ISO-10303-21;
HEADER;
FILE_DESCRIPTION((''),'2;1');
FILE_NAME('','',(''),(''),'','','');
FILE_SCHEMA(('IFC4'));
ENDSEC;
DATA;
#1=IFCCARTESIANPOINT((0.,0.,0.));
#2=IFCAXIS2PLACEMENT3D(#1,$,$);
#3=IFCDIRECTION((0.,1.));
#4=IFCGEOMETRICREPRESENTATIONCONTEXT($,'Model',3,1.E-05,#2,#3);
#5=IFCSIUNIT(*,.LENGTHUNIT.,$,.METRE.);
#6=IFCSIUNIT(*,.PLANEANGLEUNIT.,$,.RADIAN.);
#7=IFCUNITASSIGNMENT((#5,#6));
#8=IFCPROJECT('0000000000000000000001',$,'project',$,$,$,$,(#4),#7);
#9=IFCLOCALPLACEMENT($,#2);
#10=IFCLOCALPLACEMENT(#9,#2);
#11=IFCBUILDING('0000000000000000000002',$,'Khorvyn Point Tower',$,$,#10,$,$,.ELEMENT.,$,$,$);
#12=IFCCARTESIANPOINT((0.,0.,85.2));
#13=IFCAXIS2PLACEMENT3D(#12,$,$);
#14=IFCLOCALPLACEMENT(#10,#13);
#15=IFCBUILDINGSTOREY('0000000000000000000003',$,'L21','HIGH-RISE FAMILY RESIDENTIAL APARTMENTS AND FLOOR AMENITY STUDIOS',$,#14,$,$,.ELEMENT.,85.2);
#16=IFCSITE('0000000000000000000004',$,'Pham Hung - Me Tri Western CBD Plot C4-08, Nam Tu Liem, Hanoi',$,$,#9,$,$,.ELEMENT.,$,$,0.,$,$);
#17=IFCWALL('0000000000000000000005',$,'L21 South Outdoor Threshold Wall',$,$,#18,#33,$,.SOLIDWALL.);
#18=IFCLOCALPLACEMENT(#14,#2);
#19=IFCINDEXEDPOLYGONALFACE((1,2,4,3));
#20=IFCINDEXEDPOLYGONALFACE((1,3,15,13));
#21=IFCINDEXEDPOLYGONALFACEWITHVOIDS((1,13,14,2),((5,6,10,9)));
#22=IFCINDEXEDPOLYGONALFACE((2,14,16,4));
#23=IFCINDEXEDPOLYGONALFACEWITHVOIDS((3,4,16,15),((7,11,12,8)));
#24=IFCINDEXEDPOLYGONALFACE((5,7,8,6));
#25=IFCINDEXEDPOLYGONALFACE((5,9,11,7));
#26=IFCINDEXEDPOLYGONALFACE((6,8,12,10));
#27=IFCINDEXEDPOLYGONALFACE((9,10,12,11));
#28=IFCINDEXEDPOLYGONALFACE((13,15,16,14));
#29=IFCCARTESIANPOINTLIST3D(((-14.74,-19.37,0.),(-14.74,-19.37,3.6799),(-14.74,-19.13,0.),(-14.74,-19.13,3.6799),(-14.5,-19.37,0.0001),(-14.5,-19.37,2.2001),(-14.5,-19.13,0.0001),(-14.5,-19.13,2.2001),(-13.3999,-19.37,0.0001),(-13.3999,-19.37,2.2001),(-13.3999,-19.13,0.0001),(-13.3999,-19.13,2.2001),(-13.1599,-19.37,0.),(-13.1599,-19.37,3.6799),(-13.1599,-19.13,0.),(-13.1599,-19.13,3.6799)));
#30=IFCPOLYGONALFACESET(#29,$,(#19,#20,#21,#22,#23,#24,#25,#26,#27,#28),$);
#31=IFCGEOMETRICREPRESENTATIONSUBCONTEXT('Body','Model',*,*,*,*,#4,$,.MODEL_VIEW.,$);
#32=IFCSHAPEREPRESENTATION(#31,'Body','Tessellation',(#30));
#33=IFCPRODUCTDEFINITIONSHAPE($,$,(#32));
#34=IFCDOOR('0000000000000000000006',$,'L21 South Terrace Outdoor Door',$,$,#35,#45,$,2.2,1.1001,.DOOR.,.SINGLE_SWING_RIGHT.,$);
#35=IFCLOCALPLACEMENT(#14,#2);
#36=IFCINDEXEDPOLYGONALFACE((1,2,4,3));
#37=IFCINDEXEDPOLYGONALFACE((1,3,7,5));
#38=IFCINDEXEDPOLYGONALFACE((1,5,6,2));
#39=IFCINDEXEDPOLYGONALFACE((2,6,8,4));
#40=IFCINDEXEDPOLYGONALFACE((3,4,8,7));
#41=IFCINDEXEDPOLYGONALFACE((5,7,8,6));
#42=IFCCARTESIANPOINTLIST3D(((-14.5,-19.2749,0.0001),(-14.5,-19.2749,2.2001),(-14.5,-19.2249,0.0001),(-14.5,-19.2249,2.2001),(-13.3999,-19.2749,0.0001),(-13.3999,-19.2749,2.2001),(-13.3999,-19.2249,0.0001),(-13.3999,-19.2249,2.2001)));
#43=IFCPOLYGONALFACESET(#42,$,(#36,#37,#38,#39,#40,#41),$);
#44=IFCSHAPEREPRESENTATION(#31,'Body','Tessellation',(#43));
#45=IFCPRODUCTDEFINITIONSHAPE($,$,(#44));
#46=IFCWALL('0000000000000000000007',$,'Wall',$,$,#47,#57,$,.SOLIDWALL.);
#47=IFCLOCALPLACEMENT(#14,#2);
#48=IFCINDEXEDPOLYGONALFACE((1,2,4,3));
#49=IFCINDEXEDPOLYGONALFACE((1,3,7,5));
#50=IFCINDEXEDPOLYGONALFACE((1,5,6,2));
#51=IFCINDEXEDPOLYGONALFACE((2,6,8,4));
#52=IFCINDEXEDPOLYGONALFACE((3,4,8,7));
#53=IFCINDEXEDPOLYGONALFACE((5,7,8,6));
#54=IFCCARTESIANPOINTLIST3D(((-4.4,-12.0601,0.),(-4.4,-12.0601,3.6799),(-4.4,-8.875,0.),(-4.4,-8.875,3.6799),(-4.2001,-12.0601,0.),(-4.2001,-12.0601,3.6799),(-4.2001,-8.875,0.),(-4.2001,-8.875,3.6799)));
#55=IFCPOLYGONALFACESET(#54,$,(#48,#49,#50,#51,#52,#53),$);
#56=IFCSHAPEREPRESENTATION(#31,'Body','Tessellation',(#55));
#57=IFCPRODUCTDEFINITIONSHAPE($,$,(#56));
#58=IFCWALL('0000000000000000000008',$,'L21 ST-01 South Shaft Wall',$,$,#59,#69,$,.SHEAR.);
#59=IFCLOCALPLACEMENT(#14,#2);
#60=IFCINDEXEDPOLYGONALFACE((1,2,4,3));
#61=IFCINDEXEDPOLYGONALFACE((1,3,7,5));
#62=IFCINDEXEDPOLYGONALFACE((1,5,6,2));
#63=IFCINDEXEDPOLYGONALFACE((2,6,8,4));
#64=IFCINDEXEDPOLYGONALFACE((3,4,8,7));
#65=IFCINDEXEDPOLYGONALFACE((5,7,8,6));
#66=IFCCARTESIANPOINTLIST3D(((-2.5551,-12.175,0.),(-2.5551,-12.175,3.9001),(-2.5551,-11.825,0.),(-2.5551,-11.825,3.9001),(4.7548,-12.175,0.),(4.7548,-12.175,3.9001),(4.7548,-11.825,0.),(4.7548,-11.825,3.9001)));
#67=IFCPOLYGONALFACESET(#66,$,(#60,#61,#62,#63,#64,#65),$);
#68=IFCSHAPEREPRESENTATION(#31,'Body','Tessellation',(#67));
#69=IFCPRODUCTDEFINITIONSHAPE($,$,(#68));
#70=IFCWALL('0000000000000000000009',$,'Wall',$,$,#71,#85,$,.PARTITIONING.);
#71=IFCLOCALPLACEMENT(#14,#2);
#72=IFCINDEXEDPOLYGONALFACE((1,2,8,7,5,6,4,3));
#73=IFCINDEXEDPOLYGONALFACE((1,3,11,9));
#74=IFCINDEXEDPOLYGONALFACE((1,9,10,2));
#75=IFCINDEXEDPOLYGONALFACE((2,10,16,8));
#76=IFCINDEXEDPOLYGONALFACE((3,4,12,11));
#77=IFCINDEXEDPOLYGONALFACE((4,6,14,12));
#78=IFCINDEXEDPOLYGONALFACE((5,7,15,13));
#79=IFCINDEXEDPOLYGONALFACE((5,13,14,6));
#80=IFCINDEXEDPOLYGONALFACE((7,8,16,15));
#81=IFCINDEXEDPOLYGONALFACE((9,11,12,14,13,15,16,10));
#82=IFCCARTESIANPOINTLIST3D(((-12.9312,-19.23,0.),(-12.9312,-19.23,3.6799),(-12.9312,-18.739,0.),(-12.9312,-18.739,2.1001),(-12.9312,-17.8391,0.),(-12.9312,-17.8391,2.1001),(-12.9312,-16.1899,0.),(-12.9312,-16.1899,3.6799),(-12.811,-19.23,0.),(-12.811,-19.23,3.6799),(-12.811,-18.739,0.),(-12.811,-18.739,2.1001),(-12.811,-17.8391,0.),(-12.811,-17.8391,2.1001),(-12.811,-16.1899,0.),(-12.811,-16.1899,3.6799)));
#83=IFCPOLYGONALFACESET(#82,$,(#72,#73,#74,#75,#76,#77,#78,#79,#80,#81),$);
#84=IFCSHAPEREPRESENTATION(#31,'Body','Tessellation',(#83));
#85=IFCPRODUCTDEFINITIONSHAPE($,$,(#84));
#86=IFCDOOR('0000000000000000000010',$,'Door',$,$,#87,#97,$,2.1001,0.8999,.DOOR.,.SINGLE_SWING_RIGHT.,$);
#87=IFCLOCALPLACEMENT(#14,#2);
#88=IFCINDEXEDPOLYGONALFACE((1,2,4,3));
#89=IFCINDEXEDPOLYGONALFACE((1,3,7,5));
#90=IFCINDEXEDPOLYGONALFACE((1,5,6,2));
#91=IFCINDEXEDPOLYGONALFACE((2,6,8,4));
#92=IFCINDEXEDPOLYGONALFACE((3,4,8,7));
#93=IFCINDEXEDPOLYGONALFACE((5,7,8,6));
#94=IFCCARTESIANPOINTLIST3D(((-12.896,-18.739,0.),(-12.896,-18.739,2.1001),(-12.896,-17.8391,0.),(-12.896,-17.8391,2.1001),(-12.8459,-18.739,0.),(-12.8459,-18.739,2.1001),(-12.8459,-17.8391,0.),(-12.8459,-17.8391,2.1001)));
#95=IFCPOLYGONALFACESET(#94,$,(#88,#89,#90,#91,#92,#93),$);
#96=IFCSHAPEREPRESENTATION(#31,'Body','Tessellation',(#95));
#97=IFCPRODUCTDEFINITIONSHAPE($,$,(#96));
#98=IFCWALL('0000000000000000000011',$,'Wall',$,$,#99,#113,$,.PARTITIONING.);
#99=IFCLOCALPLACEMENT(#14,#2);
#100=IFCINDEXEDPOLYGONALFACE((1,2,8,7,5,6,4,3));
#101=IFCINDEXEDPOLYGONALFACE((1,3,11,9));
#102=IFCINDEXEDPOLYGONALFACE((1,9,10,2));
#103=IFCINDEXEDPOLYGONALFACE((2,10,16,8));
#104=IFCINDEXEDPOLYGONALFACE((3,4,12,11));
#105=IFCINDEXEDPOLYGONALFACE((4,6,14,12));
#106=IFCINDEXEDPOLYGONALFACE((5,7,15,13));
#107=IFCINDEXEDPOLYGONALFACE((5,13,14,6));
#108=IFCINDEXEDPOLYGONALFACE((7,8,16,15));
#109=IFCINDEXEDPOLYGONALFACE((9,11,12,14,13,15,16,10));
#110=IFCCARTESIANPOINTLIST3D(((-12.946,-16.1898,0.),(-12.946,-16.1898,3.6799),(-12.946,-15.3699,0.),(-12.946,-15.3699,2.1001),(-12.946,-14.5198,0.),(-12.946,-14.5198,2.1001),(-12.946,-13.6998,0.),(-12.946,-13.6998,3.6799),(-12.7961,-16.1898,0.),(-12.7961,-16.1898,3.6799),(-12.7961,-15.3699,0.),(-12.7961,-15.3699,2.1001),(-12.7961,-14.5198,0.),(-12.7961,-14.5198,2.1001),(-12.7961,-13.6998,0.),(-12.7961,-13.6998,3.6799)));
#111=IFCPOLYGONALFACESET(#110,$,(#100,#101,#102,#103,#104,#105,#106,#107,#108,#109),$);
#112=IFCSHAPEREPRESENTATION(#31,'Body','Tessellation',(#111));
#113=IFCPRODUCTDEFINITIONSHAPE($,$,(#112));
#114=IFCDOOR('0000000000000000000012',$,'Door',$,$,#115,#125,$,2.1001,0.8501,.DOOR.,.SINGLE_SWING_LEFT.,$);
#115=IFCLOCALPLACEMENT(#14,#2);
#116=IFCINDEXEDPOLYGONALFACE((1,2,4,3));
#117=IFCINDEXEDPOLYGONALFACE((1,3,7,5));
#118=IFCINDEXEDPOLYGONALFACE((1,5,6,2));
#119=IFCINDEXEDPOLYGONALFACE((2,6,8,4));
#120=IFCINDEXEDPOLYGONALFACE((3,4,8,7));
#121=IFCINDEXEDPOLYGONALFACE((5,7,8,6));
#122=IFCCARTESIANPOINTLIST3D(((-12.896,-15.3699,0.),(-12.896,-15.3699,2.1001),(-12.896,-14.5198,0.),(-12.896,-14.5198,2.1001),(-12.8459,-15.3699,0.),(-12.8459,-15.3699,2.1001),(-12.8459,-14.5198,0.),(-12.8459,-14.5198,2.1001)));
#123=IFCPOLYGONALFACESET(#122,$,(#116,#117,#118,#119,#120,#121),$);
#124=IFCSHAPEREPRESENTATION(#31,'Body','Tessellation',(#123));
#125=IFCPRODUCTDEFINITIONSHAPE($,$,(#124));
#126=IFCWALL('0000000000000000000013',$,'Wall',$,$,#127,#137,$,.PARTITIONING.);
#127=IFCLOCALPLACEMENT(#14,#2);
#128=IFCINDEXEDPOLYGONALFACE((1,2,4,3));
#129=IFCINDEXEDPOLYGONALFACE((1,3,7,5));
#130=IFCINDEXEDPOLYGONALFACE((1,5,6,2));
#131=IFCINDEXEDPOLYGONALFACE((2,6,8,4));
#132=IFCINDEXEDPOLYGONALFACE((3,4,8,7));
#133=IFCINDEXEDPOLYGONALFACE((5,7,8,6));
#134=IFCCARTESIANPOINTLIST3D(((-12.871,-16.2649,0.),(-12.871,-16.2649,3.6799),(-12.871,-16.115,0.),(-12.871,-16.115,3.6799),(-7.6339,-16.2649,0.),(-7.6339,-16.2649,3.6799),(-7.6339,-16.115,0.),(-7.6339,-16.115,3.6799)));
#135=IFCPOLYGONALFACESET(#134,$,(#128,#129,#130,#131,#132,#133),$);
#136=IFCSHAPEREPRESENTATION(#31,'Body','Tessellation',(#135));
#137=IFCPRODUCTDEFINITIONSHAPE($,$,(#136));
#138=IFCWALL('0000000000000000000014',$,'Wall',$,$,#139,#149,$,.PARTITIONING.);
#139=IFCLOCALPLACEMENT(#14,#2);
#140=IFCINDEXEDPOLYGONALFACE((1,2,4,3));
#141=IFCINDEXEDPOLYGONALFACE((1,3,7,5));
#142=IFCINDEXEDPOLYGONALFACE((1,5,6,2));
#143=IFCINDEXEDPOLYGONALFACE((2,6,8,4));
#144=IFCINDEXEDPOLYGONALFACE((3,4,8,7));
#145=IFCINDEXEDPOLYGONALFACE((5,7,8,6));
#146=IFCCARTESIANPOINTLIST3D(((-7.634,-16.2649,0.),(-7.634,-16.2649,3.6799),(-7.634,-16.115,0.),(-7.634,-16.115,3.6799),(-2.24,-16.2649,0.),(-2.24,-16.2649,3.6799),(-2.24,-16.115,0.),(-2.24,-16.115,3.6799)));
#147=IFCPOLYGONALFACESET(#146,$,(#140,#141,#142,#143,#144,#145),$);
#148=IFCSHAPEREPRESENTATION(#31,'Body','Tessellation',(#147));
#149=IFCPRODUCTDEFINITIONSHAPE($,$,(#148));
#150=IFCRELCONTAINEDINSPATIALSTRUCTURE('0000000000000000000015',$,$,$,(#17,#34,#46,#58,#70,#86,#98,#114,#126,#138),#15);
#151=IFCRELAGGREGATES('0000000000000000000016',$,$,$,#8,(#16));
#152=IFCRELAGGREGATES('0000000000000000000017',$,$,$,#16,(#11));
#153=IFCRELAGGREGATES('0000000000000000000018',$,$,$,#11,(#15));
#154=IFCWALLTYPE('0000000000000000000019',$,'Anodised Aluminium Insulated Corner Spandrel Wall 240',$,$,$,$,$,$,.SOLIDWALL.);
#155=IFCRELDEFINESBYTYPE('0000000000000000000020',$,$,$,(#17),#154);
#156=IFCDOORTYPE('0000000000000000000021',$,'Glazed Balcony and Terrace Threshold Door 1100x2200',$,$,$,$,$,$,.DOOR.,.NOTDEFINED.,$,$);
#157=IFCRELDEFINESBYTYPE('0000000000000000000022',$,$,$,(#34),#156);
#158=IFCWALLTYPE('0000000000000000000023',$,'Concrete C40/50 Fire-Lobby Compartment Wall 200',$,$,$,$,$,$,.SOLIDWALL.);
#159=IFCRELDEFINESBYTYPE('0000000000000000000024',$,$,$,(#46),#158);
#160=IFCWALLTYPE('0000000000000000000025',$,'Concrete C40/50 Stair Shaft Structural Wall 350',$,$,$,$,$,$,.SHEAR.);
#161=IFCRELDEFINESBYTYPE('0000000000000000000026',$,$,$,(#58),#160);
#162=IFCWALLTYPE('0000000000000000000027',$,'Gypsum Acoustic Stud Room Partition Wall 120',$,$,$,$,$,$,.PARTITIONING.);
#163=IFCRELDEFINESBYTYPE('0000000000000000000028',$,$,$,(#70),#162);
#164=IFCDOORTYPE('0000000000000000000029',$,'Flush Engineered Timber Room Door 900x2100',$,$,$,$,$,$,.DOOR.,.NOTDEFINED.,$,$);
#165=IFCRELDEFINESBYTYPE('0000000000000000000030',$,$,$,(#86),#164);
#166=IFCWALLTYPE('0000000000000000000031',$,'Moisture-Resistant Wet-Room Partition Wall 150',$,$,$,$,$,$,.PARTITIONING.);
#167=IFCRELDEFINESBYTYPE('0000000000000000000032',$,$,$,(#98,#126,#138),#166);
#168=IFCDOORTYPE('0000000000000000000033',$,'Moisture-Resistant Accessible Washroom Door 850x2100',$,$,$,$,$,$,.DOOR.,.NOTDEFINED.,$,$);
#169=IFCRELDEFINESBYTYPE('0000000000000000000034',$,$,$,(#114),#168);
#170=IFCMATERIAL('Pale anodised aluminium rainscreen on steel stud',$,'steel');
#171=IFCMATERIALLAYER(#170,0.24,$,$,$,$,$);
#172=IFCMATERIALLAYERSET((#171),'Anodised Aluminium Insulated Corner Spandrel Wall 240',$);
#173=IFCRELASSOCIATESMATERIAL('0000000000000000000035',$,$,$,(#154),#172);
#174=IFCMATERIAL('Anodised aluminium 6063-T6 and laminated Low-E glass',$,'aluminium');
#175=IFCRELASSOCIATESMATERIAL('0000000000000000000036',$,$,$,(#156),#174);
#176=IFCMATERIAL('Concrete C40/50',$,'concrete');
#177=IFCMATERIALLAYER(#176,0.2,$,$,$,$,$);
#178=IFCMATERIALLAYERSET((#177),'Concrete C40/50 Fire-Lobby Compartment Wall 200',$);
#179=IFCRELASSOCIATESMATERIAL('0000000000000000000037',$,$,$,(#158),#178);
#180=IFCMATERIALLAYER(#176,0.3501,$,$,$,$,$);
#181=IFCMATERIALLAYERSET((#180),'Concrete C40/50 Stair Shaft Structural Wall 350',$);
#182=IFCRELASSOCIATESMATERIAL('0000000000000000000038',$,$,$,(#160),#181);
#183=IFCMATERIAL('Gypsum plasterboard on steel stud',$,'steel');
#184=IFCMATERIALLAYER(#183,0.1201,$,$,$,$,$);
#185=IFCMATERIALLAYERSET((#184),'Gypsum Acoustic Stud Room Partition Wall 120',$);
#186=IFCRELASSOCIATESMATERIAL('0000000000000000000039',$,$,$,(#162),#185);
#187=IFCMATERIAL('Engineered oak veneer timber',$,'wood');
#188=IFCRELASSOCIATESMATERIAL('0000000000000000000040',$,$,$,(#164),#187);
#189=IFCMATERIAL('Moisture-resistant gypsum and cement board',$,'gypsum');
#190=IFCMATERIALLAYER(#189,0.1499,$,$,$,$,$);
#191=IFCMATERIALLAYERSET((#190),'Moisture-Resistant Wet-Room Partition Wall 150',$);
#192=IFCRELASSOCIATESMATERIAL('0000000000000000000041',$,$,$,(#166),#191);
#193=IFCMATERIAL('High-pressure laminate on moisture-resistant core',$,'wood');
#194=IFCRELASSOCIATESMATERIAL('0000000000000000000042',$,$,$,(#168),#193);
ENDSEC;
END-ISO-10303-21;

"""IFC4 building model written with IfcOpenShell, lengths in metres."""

from ifc_helpers import new_model, si_unit, direction, frame, frame_2d, origin, place, context, subcontext, project, spatial, rectangle, extrude, material, layer, layer_set, type_object, element, fill, save


model = new_model("IFC4")

# Units and contexts
model_context = context("Model", 3, precision=1e-05, world=origin(), true_north=direction((0.0, 1.0)))
body_context = subcontext(model_context, "Body", "Model", "MODEL_VIEW")
ifc_project = project(units=[si_unit("LENGTHUNIT", "METRE"), si_unit("PLANEANGLEUNIT", "RADIAN")], contexts=[model_context])

# Site, building, storey
site_placement = place(None, origin())
site = spatial("IfcSite", under=ifc_project, at=site_placement, Name="Pham Hung - Me Tri Western CBD Plot C4-08, Nam Tu Liem, Hanoi", CompositionType="ELEMENT", RefElevation=0.0)
building_placement = place(site_placement, origin())
building = spatial("IfcBuilding", under=site, at=building_placement, Name="Khorvyn Point Tower", CompositionType="ELEMENT")
storey_placement = place(building_placement, frame((0.0, 0.0, 85.2)))
storey = spatial("IfcBuildingStorey", under=building, at=storey_placement, Name="L21", Description="HIGH-RISE FAMILY RESIDENTIAL APARTMENTS AND FLOOR AMENITY STUDIOS", CompositionType="ELEMENT", Elevation=85.2)

# Shared definitions
ifc_material_1 = material(Name="Anodised aluminium 6063-T6 and laminated Low-E glass", Category="aluminium")

# Wall, opening, door
ifc_material_2 = material(Name="Pale anodised aluminium rainscreen on steel stud", Category="steel")
ifc_layer_1 = layer(ifc_material_2, 0.24)
ifc_layer_set_1 = layer_set([ifc_layer_1], Name="Anodised Aluminium Insulated Corner Spandrel Wall 240")
wall_type_1 = type_object("IfcWallType", Name="Anodised Aluminium Insulated Corner Spandrel Wall 240", PredefinedType="SOLIDWALL", material=ifc_layer_set_1)
wall_1_placement = place(storey_placement, frame((-13.1599, -19.25, 0.0), z_axis=(0.0, 0.0, 1.0), x_axis=(-1.0, 0.0, 0.0)))
wall_1 = element("IfcWall", 1, at=wall_1_placement, inside=storey, type_object=wall_type_1, Name="L21 South Outdoor Threshold Wall", PredefinedType="SOLIDWALL", context=body_context, shape_type="SweptSolid", body=[
    extrude(rectangle(XDim=1.5801, YDim=0.24, at=frame_2d((0.79, 0.0))), origin(), (0.0, 0.0, 1.0), 3.6799),
])
opening_1_placement = place(wall_1_placement, frame((0.24, 0.0, 0.0)))
opening_1 = element("IfcOpeningElement", 2, at=opening_1_placement, cuts=wall_1, PredefinedType="OPENING", context=body_context, shape_type="SweptSolid", body=[
    extrude(rectangle(XDim=1.1001, YDim=2.2, at=frame_2d((0.55, 1.1001))), frame((0.0, 0.1299, 0.0), z_axis=(0.0, -1.0, 0.0), x_axis=(1.0, 0.0, 0.0)), (0.0, 0.0, 1.0), 0.26),
])
door_type_1 = type_object("IfcDoorType", Name="Glazed Balcony and Terrace Threshold Door 1100x2200", OperationType="NOTDEFINED", PredefinedType="DOOR", material=ifc_material_1)
door_1_placement = place(opening_1_placement, origin())
door_1 = element("IfcDoor", 3, at=door_1_placement, inside=storey, type_object=door_type_1, Name="L21 South Terrace Outdoor Door", OperationType="SINGLE_SWING_RIGHT", OverallHeight=2.2, OverallWidth=1.1001, PredefinedType="DOOR", context=body_context, shape_type="SweptSolid", body=[
    extrude(rectangle(XDim=1.1001, YDim=2.2, at=frame_2d((0.55, 1.1001))), frame((0.0, 0.0249, 0.0), z_axis=(0.0, -1.0, 0.0), x_axis=(1.0, 0.0, 0.0)), (0.0, 0.0, 1.0), 0.05),
])
fill(opening_1, door_1)
ifc_material_3 = material(Name="Concrete C40/50", Category="concrete")
ifc_layer_2 = layer(ifc_material_3, 0.2)
ifc_layer_set_2 = layer_set([ifc_layer_2], Name="Concrete C40/50 Fire-Lobby Compartment Wall 200")
wall_type_2 = type_object("IfcWallType", Name="Concrete C40/50 Fire-Lobby Compartment Wall 200", PredefinedType="SOLIDWALL", material=ifc_layer_set_2)

# Walls
wall_2_placement = place(storey_placement, frame((-4.3, -12.0601, 0.0), z_axis=(0.0, 0.0, 1.0), x_axis=(0.0, 1.0, 0.0)))
element("IfcWall", 4, at=wall_2_placement, inside=storey, type_object=wall_type_2, Name="Wall", PredefinedType="SOLIDWALL", context=body_context, shape_type="SweptSolid", body=[
    extrude(rectangle(XDim=3.1851, YDim=0.2, at=frame_2d((1.5925, 0.0))), origin(), (0.0, 0.0, 1.0), 3.6799),
])
ifc_layer_3 = layer(ifc_material_3, 0.3501)
ifc_layer_set_3 = layer_set([ifc_layer_3], Name="Concrete C40/50 Stair Shaft Structural Wall 350")
wall_type_3 = type_object("IfcWallType", Name="Concrete C40/50 Stair Shaft Structural Wall 350", PredefinedType="SHEAR", material=ifc_layer_set_3)
wall_3_placement = place(storey_placement, frame((-2.5549, -12.0, 0.0), z_axis=(0.0, 0.0, 1.0), x_axis=(1.0, 0.0, 0.0)))
element("IfcWall", 5, at=wall_3_placement, inside=storey, type_object=wall_type_3, Name="L21 ST-01 South Shaft Wall", PredefinedType="SHEAR", context=body_context, shape_type="SweptSolid", body=[
    extrude(rectangle(XDim=7.3098, YDim=0.3501, at=frame_2d((3.6548, 0.0))), origin(), (0.0, 0.0, 1.0), 3.9001),
])

# Walls, openings, doors
ifc_material_4 = material(Name="Gypsum plasterboard on steel stud", Category="steel")
ifc_layer_4 = layer(ifc_material_4, 0.1201)
ifc_layer_set_4 = layer_set([ifc_layer_4], Name="Gypsum Acoustic Stud Room Partition Wall 120")
wall_type_4 = type_object("IfcWallType", Name="Gypsum Acoustic Stud Room Partition Wall 120", PredefinedType="PARTITIONING", material=ifc_layer_set_4)
wall_4_placement = place(storey_placement, frame((-12.8711, -19.23, 0.0), z_axis=(0.0, 0.0, 1.0), x_axis=(0.0, 1.0, 0.0)))
wall_4 = element("IfcWall", 6, at=wall_4_placement, inside=storey, type_object=wall_type_4, Name="Wall", PredefinedType="PARTITIONING", context=body_context, shape_type="SweptSolid", body=[
    extrude(rectangle(XDim=3.04, YDim=0.1201, at=frame_2d((1.52, 0.0))), origin(), (0.0, 0.0, 1.0), 3.6799),
])
opening_2_placement = place(wall_4_placement, frame((0.491, 0.0, 0.0)))
opening_2 = element("IfcOpeningElement", 7, at=opening_2_placement, cuts=wall_4, PredefinedType="OPENING", context=body_context, shape_type="SweptSolid", body=[
    extrude(rectangle(XDim=0.8999, YDim=2.1001, at=frame_2d((0.45, 1.05))), frame((0.0, 0.0701, 0.0), z_axis=(0.0, -1.0, 0.0), x_axis=(1.0, 0.0, 0.0)), (0.0, 0.0, 1.0), 0.1401),
])
ifc_material_5 = material(Name="Engineered oak veneer timber", Category="wood")
door_type_2 = type_object("IfcDoorType", Name="Flush Engineered Timber Room Door 900x2100", OperationType="NOTDEFINED", PredefinedType="DOOR", material=ifc_material_5)
door_2_placement = place(opening_2_placement, origin())
door_2 = element("IfcDoor", 8, at=door_2_placement, inside=storey, type_object=door_type_2, Name="Door", OperationType="SINGLE_SWING_RIGHT", OverallHeight=2.1001, OverallWidth=0.8999, PredefinedType="DOOR", context=body_context, shape_type="SweptSolid", body=[
    extrude(rectangle(XDim=0.8999, YDim=2.1001, at=frame_2d((0.45, 1.05))), frame((0.0, 0.0249, 0.0), z_axis=(0.0, -1.0, 0.0), x_axis=(1.0, 0.0, 0.0)), (0.0, 0.0, 1.0), 0.05),
])
fill(opening_2, door_2)
ifc_material_6 = material(Name="Moisture-resistant gypsum and cement board", Category="gypsum")
ifc_layer_5 = layer(ifc_material_6, 0.1499)
ifc_layer_set_5 = layer_set([ifc_layer_5], Name="Moisture-Resistant Wet-Room Partition Wall 150")
wall_type_5 = type_object("IfcWallType", Name="Moisture-Resistant Wet-Room Partition Wall 150", PredefinedType="PARTITIONING", material=ifc_layer_set_5)
wall_5_placement = place(storey_placement, frame((-12.8711, -16.1899, 0.0), z_axis=(0.0, 0.0, 1.0), x_axis=(0.0, 1.0, 0.0)))
wall_5 = element("IfcWall", 9, at=wall_5_placement, inside=storey, type_object=wall_type_5, Name="Wall", PredefinedType="PARTITIONING", context=body_context, shape_type="SweptSolid", body=[
    extrude(rectangle(XDim=2.49, YDim=0.1499, at=frame_2d((1.2451, 0.0))), origin(), (0.0, 0.0, 1.0), 3.6799),
])
opening_3_placement = place(wall_5_placement, frame((0.8201, 0.0, 0.0)))
opening_3 = element("IfcOpeningElement", 10, at=opening_3_placement, cuts=wall_5, PredefinedType="OPENING", context=body_context, shape_type="SweptSolid", body=[
    extrude(rectangle(XDim=0.8501, YDim=2.1001, at=frame_2d((0.425, 1.05))), frame((0.0, 0.085, 0.0), z_axis=(0.0, -1.0, 0.0), x_axis=(1.0, 0.0, 0.0)), (0.0, 0.0, 1.0), 0.1699),
])
ifc_material_7 = material(Name="High-pressure laminate on moisture-resistant core", Category="wood")
door_type_3 = type_object("IfcDoorType", Name="Moisture-Resistant Accessible Washroom Door 850x2100", OperationType="NOTDEFINED", PredefinedType="DOOR", material=ifc_material_7)
door_3_placement = place(opening_3_placement, origin())
door_3 = element("IfcDoor", 11, at=door_3_placement, inside=storey, type_object=door_type_3, Name="Door", OperationType="SINGLE_SWING_LEFT", OverallHeight=2.1001, OverallWidth=0.8501, PredefinedType="DOOR", context=body_context, shape_type="SweptSolid", body=[
    extrude(rectangle(XDim=0.8501, YDim=2.1001, at=frame_2d((0.425, 1.05))), frame((0.0, 0.0249, 0.0), z_axis=(0.0, -1.0, 0.0), x_axis=(1.0, 0.0, 0.0)), (0.0, 0.0, 1.0), 0.05),
])
fill(opening_3, door_3)

# Walls
wall_6_placement = place(storey_placement, frame((-12.8711, -16.1899, 0.0), z_axis=(0.0, 0.0, 1.0), x_axis=(1.0, 0.0, 0.0)))
element("IfcWall", 12, at=wall_6_placement, inside=storey, type_object=wall_type_5, Name="Wall", PredefinedType="PARTITIONING", context=body_context, shape_type="SweptSolid", body=[
    extrude(rectangle(XDim=5.2371, YDim=0.1499, at=frame_2d((2.6187, 0.0))), origin(), (0.0, 0.0, 1.0), 3.6799),
])
wall_7_placement = place(storey_placement, frame((-7.634, -16.1899, 0.0), z_axis=(0.0, 0.0, 1.0), x_axis=(1.0, 0.0, 0.0)))
element("IfcWall", 13, at=wall_7_placement, inside=storey, type_object=wall_type_5, Name="Wall", PredefinedType="PARTITIONING", context=body_context, shape_type="SweptSolid", body=[
    extrude(rectangle(XDim=5.394, YDim=0.1499, at=frame_2d((2.697, 0.0))), origin(), (0.0, 0.0, 1.0), 3.6799),
])

save(model, "model.ifc")
